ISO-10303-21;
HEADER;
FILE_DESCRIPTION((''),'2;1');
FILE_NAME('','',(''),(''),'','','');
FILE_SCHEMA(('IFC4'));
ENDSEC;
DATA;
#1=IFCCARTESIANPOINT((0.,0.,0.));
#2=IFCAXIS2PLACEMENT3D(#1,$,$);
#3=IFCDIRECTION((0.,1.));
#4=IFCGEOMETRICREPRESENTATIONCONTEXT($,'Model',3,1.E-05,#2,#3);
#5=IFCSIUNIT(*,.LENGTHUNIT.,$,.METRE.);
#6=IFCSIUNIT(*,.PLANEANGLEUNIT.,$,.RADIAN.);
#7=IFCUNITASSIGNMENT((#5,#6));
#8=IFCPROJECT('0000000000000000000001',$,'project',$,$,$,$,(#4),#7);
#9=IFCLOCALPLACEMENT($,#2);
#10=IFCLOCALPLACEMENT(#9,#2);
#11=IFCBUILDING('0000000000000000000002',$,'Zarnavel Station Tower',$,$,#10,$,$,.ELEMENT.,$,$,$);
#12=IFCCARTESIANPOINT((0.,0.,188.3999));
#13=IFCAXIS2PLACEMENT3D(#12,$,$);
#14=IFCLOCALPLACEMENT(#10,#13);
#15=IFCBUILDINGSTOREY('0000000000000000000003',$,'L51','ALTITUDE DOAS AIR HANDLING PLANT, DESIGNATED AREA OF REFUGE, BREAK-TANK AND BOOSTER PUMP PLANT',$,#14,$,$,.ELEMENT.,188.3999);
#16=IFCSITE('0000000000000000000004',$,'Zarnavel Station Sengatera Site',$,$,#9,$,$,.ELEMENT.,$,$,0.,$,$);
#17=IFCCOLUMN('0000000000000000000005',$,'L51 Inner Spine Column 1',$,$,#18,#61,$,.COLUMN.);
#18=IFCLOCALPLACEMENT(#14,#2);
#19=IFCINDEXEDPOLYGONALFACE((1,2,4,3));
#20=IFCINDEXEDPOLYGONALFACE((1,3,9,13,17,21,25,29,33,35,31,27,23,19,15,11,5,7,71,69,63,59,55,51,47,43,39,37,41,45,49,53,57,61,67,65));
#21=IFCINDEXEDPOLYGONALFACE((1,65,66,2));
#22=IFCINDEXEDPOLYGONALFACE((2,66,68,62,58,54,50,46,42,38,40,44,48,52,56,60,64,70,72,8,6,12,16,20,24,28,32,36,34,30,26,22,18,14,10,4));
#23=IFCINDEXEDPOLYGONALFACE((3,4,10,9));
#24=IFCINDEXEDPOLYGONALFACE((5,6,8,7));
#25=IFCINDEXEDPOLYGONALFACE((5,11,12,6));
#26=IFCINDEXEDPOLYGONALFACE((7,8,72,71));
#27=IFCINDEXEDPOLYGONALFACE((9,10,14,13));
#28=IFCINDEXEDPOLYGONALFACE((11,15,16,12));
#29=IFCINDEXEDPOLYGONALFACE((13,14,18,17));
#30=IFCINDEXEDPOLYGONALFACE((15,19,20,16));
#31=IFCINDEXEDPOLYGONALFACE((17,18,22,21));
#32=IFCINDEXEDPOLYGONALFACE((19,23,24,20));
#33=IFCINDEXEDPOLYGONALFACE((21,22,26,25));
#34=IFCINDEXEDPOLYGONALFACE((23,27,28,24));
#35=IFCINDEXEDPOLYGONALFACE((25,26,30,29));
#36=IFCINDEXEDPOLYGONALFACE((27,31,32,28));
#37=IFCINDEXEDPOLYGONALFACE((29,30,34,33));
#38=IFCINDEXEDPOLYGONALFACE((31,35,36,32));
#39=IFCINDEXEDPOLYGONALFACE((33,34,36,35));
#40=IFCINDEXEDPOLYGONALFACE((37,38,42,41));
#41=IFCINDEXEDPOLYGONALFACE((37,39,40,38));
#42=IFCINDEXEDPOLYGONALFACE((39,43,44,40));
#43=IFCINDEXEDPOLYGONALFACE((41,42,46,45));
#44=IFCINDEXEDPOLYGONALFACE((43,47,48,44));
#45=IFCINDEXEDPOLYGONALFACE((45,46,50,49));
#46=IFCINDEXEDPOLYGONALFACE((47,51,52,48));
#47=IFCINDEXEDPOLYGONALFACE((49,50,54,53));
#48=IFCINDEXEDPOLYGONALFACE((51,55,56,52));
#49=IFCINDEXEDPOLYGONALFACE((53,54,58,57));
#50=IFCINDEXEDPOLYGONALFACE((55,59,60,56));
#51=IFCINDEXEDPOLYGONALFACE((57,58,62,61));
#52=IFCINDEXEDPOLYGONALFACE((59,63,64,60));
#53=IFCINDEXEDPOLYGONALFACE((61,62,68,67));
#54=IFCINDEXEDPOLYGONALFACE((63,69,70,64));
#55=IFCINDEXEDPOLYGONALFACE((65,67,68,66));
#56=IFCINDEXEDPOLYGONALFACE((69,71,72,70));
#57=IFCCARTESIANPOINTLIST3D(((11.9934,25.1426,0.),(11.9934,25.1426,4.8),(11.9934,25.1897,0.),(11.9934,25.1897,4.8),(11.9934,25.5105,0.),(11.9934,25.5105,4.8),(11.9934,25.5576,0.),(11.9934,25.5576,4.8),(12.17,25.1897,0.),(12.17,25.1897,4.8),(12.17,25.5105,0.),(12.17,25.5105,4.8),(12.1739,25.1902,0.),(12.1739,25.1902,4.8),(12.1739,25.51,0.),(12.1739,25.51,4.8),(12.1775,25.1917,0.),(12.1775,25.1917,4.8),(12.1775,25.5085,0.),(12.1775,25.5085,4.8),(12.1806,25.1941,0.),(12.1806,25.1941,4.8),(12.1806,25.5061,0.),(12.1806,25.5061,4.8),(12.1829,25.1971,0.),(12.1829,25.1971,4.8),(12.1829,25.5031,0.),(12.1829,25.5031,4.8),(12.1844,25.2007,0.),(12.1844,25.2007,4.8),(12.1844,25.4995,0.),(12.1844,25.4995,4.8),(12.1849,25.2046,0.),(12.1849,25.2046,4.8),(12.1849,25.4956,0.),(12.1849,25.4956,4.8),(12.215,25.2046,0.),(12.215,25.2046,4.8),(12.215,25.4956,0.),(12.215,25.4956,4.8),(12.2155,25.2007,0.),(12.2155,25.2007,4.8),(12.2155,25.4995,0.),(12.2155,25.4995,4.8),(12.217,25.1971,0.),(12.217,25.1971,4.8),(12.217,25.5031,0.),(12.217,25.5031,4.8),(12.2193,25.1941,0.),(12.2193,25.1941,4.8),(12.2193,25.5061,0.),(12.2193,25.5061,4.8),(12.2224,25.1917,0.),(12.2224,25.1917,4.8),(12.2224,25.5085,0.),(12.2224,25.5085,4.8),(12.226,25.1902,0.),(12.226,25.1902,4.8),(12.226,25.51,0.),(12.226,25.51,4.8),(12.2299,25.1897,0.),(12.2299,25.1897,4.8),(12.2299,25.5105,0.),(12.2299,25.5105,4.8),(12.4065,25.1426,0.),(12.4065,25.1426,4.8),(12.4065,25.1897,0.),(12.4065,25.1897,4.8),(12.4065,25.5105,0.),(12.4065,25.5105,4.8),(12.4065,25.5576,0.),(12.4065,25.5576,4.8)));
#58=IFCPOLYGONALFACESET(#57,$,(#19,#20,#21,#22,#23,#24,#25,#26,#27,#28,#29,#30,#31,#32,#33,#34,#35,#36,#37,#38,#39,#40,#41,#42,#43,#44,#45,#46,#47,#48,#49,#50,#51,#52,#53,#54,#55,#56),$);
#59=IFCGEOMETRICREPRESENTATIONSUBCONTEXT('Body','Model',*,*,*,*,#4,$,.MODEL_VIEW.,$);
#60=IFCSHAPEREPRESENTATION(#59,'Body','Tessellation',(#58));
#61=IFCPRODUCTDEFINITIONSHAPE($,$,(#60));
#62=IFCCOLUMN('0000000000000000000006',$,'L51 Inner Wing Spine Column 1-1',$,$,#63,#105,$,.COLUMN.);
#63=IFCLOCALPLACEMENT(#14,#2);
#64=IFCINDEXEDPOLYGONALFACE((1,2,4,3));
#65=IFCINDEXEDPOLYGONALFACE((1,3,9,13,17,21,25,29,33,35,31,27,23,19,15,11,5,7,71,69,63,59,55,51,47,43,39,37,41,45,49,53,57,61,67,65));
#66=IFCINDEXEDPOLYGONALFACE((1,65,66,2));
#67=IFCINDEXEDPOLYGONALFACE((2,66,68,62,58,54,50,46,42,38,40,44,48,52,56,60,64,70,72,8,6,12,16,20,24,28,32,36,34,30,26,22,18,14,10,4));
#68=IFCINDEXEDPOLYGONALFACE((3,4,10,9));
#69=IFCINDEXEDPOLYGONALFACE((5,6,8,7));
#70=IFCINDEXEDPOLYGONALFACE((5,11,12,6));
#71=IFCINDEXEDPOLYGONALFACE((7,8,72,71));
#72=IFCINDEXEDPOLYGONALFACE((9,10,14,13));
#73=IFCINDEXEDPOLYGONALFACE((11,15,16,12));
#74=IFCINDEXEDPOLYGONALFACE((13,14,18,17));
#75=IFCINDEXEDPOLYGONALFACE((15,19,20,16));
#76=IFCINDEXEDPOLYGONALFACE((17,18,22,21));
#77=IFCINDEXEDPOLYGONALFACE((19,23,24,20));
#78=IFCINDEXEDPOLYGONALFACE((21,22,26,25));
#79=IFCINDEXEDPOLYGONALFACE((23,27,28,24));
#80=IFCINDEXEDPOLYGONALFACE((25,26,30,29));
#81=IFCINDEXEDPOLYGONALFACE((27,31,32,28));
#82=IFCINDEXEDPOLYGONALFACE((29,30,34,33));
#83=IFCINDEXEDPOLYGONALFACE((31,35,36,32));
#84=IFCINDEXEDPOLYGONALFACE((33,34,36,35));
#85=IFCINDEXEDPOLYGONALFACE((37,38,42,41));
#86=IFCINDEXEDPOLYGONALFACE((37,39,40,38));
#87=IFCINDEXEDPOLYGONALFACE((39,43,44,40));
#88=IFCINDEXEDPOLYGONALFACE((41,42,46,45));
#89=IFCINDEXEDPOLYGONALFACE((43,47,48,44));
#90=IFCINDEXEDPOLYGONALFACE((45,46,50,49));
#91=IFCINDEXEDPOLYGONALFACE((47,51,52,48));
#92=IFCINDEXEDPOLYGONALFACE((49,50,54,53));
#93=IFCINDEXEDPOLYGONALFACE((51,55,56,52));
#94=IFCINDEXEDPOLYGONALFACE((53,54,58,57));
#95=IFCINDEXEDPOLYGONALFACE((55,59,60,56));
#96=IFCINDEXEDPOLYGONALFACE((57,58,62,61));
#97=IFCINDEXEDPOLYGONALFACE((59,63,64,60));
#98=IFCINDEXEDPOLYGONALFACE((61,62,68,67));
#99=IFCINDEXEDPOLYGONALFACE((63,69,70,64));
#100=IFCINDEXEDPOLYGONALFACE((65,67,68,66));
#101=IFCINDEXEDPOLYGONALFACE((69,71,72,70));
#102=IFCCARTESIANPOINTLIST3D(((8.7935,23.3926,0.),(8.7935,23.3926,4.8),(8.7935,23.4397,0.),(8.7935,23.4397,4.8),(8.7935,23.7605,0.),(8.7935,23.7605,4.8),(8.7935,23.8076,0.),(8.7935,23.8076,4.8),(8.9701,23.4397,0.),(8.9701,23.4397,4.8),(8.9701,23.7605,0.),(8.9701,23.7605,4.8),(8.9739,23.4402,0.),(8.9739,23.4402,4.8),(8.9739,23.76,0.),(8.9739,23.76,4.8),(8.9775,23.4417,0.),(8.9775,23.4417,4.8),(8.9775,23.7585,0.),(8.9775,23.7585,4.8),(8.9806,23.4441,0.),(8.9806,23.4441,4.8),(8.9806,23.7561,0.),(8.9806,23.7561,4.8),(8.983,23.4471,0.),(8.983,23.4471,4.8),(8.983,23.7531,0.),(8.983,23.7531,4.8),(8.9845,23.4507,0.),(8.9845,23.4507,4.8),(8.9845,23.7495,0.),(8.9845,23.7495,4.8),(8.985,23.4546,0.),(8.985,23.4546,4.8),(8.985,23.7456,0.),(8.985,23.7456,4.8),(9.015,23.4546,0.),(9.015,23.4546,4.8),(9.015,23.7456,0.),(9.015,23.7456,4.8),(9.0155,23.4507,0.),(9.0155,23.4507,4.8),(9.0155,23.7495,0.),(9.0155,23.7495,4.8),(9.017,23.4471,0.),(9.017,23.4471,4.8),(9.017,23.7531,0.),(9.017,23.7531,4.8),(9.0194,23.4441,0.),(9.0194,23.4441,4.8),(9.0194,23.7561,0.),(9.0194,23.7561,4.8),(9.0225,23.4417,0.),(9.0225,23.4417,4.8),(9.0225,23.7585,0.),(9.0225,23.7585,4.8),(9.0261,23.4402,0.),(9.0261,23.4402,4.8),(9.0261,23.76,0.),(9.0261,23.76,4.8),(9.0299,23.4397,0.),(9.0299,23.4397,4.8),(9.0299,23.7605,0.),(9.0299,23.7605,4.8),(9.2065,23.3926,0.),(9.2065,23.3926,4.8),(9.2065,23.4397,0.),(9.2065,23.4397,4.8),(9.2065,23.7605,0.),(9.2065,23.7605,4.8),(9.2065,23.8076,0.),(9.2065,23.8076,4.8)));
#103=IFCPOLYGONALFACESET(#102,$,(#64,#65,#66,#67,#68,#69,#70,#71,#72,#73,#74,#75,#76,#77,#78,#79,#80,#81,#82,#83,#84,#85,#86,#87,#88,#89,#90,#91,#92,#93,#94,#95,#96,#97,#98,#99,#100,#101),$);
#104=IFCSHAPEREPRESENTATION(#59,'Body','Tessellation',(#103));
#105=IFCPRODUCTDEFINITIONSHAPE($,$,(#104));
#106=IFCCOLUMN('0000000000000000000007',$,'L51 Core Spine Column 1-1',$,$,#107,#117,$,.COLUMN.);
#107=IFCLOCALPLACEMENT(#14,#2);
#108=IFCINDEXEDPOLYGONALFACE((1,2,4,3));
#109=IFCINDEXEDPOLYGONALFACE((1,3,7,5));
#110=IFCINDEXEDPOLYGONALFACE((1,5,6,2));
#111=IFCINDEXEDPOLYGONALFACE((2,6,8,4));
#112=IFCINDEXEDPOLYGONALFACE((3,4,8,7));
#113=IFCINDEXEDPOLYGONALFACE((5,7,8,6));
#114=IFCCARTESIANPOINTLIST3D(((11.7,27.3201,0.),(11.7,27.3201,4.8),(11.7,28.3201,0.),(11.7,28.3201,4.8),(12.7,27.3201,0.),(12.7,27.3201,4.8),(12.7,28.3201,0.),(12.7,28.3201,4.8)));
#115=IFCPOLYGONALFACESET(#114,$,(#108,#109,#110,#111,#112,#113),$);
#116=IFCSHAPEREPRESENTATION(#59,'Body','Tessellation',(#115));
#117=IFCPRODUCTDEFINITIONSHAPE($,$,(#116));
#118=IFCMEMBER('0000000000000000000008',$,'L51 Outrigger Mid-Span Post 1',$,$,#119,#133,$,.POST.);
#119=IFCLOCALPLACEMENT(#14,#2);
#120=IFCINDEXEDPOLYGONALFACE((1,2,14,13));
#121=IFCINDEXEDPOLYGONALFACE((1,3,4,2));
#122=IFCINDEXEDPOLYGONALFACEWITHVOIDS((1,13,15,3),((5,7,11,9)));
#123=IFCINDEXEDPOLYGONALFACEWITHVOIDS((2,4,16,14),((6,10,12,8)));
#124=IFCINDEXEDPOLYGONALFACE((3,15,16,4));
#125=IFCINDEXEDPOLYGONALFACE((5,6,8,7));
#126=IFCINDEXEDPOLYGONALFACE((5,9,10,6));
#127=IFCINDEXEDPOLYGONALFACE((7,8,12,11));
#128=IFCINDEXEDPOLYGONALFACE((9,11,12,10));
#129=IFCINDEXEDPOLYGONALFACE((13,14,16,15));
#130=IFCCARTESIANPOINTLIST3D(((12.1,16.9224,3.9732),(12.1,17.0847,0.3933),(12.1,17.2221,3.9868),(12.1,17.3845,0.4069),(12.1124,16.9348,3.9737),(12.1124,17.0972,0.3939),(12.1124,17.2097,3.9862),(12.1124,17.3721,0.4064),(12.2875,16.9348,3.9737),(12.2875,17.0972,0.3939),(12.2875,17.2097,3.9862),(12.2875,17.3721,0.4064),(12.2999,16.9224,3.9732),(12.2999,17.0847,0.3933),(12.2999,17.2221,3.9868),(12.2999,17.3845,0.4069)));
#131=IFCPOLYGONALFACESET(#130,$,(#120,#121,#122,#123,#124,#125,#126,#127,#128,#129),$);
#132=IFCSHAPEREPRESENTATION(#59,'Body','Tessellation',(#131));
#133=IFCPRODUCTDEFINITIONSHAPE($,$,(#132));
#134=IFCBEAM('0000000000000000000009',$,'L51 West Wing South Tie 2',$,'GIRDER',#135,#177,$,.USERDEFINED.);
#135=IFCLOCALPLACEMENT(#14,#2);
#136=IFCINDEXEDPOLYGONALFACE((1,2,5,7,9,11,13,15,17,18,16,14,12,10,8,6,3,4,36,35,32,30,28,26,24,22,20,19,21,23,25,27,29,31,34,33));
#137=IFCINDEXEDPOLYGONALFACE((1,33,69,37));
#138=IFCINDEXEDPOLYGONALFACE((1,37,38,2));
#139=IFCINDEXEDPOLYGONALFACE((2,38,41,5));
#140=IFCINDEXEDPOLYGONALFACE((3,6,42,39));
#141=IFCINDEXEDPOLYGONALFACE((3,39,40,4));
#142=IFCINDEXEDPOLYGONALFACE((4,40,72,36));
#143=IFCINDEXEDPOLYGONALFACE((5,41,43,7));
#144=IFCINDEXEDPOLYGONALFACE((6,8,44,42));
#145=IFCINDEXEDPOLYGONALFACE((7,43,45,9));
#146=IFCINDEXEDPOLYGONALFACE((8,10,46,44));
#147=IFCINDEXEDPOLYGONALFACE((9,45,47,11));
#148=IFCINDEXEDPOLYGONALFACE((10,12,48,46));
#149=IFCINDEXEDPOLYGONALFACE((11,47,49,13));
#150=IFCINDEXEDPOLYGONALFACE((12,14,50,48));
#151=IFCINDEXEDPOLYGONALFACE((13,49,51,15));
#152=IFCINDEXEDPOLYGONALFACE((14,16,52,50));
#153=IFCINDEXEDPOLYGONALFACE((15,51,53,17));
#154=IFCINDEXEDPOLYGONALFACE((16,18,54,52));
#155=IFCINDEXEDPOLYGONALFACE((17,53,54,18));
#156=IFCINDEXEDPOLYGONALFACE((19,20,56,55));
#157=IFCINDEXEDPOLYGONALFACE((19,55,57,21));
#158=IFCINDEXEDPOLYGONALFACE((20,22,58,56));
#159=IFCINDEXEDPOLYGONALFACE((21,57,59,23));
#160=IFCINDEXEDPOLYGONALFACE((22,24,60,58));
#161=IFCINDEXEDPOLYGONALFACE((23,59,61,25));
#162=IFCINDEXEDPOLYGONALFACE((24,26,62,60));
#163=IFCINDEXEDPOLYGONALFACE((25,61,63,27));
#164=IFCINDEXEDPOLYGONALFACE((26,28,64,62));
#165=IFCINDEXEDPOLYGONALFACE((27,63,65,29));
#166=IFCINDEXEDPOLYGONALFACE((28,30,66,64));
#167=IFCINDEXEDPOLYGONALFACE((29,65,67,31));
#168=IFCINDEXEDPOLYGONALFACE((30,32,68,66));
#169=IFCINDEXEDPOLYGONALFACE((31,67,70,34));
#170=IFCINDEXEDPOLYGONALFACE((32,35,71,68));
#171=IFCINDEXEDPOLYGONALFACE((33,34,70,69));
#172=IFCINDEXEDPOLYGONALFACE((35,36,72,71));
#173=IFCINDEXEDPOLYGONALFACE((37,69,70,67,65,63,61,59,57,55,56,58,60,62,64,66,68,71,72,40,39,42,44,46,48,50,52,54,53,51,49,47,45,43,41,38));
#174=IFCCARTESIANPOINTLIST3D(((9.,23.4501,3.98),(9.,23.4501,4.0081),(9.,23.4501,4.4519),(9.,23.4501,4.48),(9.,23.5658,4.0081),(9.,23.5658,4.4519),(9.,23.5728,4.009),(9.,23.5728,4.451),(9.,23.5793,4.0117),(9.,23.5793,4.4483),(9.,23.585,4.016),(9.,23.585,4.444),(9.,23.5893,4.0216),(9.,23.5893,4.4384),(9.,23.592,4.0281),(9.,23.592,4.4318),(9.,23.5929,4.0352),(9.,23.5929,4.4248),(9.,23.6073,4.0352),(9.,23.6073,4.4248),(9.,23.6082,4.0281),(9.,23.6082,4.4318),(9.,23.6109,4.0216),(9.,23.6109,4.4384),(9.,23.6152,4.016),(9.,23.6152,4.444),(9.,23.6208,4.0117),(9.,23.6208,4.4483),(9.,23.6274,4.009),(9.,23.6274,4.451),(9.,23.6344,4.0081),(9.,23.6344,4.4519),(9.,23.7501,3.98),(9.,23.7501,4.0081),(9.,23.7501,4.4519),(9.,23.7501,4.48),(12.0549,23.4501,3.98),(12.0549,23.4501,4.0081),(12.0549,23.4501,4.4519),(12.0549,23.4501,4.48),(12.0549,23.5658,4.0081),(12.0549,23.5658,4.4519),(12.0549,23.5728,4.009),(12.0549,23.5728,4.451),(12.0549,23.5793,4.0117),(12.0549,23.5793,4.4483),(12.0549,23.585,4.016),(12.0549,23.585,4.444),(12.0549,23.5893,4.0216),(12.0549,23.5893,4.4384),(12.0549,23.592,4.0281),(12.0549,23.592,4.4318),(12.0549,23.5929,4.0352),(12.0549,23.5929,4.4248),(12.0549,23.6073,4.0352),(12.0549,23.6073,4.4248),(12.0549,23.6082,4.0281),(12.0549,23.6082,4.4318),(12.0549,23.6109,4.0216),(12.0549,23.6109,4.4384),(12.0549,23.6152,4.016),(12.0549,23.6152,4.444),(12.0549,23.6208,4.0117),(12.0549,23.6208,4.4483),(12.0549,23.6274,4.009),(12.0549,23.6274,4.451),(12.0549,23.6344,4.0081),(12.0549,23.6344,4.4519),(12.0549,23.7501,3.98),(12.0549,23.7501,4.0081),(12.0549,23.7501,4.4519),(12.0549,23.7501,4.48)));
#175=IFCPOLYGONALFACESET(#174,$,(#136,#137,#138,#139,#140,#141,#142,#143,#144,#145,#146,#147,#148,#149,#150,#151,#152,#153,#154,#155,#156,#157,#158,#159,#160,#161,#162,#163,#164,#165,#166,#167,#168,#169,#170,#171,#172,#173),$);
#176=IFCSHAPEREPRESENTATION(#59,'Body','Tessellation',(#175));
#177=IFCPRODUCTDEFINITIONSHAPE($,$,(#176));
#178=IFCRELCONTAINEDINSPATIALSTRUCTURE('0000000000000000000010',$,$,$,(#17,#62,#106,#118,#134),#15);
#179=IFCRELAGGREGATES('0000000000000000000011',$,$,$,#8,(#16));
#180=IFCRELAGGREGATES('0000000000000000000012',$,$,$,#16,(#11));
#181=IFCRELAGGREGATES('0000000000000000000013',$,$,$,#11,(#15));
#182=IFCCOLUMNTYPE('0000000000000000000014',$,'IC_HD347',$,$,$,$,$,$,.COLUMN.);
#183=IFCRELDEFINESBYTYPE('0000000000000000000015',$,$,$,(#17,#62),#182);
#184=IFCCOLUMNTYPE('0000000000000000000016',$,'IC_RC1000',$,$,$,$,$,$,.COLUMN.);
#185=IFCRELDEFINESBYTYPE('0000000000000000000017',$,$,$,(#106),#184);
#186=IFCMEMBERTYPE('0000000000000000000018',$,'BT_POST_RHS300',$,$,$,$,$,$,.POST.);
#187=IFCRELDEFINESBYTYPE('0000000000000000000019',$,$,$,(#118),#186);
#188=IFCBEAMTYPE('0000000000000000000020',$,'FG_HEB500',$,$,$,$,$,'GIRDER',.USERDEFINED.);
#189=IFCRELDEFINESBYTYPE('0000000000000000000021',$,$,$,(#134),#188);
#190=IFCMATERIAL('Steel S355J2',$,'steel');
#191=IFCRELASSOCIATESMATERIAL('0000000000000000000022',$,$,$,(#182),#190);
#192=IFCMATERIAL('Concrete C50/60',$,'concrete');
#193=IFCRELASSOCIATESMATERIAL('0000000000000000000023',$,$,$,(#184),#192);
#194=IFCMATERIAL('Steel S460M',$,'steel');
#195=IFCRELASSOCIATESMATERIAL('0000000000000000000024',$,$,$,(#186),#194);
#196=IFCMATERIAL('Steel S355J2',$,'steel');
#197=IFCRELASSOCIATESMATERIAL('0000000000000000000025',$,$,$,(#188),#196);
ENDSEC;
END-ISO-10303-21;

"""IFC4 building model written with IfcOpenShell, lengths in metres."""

from ifc_helpers import new_model, si_unit, direction, frame, origin, origin_2d, place, context, subcontext, project, spatial, rectangle, hollow_rectangle, i_section, extrude, material, material_profile, profile_set, type_object, element, save


model = new_model("IFC4")

# Units and contexts
model_context = context("Model", 3, precision=1e-05, world=origin(), true_north=direction((0.0, 1.0)))
body_context = subcontext(model_context, "Body", "Model", "MODEL_VIEW")
ifc_project = project(units=[si_unit("LENGTHUNIT", "METRE"), si_unit("PLANEANGLEUNIT", "RADIAN")], contexts=[model_context])

# Site, building, storey
site_placement = place(None, origin())
site = spatial("IfcSite", under=ifc_project, at=site_placement, Name="Zarnavel Station Sengatera Site", CompositionType="ELEMENT", RefElevation=0.0)
building_placement = place(site_placement, origin())
building = spatial("IfcBuilding", under=site, at=building_placement, Name="Zarnavel Station Tower", CompositionType="ELEMENT")
storey_placement = place(building_placement, frame((0.0, 0.0, 188.3999)))
storey = spatial("IfcBuildingStorey", under=building, at=storey_placement, Name="L51", Description="ALTITUDE DOAS AIR HANDLING PLANT, DESIGNATED AREA OF REFUGE, BREAK-TANK AND BOOSTER PUMP PLANT", CompositionType="ELEMENT", Elevation=188.3999)

# Columns
ifc_material_1 = material(Name="Steel S355J2", Category="steel")
ifc_material_profile_1 = material_profile(ifc_material_1, i_section(OverallWidth=0.4131, OverallDepth=0.415, WebThickness=0.03, FlangeThickness=0.0471, FilletRadius=0.0149, at=origin_2d()), Name="HD400x347")
ifc_profile_set_1 = profile_set([ifc_material_profile_1], Name="Steel S355J2")
column_type_1 = type_object("IfcColumnType", Name="IC_HD347", PredefinedType="COLUMN", material=ifc_profile_set_1)
for number, where, z_axis, x_axis, name in (
    (1, (12.2, 25.3501, 0.0), (0.0, 0.0, 1.0), (1.0, 0.0, 0.0), "L51 Inner Spine Column 1"),
    (2, (9.0, 23.6001, 0.0), (0.0, 0.0, 1.0), (1.0, 0.0, 0.0), "L51 Inner Wing Spine Column 1-1"),
):
    element("IfcColumn", number, at=place(storey_placement, frame(where, z_axis=z_axis, x_axis=x_axis)), inside=storey, type_object=column_type_1, Name=name, PredefinedType="COLUMN", context=body_context, shape_type="SweptSolid", body=[
        extrude(i_section(OverallWidth=0.4131, OverallDepth=0.415, WebThickness=0.03, FlangeThickness=0.0471, FilletRadius=0.0149, at=origin_2d()), origin(), (0.0, 0.0, 1.0), 4.8),
    ])
ifc_material_2 = material(Name="Concrete C50/60", Category="concrete")
ifc_material_profile_2 = material_profile(ifc_material_2, rectangle(XDim=1.0, YDim=1.0, at=origin_2d()), Name="RC1000x1000")
ifc_profile_set_2 = profile_set([ifc_material_profile_2], Name="Concrete C50/60")
column_type_2 = type_object("IfcColumnType", Name="IC_RC1000", PredefinedType="COLUMN", material=ifc_profile_set_2)
column_placement = place(storey_placement, frame((12.2, 27.8201, 0.0), z_axis=(0.0, 0.0, 1.0), x_axis=(1.0, 0.0, 0.0)))
element("IfcColumn", 3, at=column_placement, inside=storey, type_object=column_type_2, Name="L51 Core Spine Column 1-1", PredefinedType="COLUMN", context=body_context, shape_type="SweptSolid", body=[
    extrude(rectangle(XDim=1.0, YDim=1.0, at=origin_2d()), origin(), (0.0, 0.0, 1.0), 4.8),
])

# Member
ifc_material_3 = material(Name="Steel S460M", Category="steel")
ifc_material_profile_3 = material_profile(ifc_material_3, hollow_rectangle(XDim=0.2, YDim=0.3, WallThickness=0.0125, at=origin_2d()), Name="RHS300x200x12.5")
ifc_profile_set_3 = profile_set([ifc_material_profile_3], Name="Steel S460M")
member_type_1 = type_object("IfcMemberType", Name="BT_POST_RHS300", PredefinedType="POST", material=ifc_profile_set_3)
member_1_placement = place(storey_placement, frame((12.2, 17.2346, 0.4001), z_axis=(0.0, -0.045306, 0.998973), x_axis=(1.0, 0.0, 0.0)))
element("IfcMember", 4, at=member_1_placement, inside=storey, type_object=member_type_1, Name="L51 Outrigger Mid-Span Post 1", PredefinedType="POST", context=body_context, shape_type="SweptSolid", body=[
    extrude(hollow_rectangle(XDim=0.2, YDim=0.3, WallThickness=0.0125, at=origin_2d()), origin(), (0.0, 0.0, 1.0), 3.5835),
])

# Beam
ifc_material_4 = material(Name="Steel S355J2", Category="steel")
ifc_material_profile_4 = material_profile(ifc_material_4, i_section(OverallWidth=0.3, OverallDepth=0.5, WebThickness=0.0144, FlangeThickness=0.0281, FilletRadius=0.0271, at=origin_2d()), Name="HEB500")
ifc_profile_set_4 = profile_set([ifc_material_profile_4], Name="Steel S355J2")
beam_type_1 = type_object("IfcBeamType", Name="FG_HEB500", ElementType="GIRDER", PredefinedType="USERDEFINED", material=ifc_profile_set_4)
beam_1_placement = place(storey_placement, frame((9.0, 23.6001, 4.23), z_axis=(1.0, 0.0, 0.0), x_axis=(0.0, 1.0, 0.0)))
element("IfcBeam", 5, at=beam_1_placement, inside=storey, type_object=beam_type_1, Name="L51 West Wing South Tie 2", ObjectType="GIRDER", PredefinedType="USERDEFINED", context=body_context, shape_type="SweptSolid", body=[
    extrude(i_section(OverallWidth=0.3, OverallDepth=0.5, WebThickness=0.0144, FlangeThickness=0.0281, FilletRadius=0.0271, at=origin_2d()), origin(), (0.0, 0.0, 1.0), 3.0549),
])

save(model, "model.ifc")
